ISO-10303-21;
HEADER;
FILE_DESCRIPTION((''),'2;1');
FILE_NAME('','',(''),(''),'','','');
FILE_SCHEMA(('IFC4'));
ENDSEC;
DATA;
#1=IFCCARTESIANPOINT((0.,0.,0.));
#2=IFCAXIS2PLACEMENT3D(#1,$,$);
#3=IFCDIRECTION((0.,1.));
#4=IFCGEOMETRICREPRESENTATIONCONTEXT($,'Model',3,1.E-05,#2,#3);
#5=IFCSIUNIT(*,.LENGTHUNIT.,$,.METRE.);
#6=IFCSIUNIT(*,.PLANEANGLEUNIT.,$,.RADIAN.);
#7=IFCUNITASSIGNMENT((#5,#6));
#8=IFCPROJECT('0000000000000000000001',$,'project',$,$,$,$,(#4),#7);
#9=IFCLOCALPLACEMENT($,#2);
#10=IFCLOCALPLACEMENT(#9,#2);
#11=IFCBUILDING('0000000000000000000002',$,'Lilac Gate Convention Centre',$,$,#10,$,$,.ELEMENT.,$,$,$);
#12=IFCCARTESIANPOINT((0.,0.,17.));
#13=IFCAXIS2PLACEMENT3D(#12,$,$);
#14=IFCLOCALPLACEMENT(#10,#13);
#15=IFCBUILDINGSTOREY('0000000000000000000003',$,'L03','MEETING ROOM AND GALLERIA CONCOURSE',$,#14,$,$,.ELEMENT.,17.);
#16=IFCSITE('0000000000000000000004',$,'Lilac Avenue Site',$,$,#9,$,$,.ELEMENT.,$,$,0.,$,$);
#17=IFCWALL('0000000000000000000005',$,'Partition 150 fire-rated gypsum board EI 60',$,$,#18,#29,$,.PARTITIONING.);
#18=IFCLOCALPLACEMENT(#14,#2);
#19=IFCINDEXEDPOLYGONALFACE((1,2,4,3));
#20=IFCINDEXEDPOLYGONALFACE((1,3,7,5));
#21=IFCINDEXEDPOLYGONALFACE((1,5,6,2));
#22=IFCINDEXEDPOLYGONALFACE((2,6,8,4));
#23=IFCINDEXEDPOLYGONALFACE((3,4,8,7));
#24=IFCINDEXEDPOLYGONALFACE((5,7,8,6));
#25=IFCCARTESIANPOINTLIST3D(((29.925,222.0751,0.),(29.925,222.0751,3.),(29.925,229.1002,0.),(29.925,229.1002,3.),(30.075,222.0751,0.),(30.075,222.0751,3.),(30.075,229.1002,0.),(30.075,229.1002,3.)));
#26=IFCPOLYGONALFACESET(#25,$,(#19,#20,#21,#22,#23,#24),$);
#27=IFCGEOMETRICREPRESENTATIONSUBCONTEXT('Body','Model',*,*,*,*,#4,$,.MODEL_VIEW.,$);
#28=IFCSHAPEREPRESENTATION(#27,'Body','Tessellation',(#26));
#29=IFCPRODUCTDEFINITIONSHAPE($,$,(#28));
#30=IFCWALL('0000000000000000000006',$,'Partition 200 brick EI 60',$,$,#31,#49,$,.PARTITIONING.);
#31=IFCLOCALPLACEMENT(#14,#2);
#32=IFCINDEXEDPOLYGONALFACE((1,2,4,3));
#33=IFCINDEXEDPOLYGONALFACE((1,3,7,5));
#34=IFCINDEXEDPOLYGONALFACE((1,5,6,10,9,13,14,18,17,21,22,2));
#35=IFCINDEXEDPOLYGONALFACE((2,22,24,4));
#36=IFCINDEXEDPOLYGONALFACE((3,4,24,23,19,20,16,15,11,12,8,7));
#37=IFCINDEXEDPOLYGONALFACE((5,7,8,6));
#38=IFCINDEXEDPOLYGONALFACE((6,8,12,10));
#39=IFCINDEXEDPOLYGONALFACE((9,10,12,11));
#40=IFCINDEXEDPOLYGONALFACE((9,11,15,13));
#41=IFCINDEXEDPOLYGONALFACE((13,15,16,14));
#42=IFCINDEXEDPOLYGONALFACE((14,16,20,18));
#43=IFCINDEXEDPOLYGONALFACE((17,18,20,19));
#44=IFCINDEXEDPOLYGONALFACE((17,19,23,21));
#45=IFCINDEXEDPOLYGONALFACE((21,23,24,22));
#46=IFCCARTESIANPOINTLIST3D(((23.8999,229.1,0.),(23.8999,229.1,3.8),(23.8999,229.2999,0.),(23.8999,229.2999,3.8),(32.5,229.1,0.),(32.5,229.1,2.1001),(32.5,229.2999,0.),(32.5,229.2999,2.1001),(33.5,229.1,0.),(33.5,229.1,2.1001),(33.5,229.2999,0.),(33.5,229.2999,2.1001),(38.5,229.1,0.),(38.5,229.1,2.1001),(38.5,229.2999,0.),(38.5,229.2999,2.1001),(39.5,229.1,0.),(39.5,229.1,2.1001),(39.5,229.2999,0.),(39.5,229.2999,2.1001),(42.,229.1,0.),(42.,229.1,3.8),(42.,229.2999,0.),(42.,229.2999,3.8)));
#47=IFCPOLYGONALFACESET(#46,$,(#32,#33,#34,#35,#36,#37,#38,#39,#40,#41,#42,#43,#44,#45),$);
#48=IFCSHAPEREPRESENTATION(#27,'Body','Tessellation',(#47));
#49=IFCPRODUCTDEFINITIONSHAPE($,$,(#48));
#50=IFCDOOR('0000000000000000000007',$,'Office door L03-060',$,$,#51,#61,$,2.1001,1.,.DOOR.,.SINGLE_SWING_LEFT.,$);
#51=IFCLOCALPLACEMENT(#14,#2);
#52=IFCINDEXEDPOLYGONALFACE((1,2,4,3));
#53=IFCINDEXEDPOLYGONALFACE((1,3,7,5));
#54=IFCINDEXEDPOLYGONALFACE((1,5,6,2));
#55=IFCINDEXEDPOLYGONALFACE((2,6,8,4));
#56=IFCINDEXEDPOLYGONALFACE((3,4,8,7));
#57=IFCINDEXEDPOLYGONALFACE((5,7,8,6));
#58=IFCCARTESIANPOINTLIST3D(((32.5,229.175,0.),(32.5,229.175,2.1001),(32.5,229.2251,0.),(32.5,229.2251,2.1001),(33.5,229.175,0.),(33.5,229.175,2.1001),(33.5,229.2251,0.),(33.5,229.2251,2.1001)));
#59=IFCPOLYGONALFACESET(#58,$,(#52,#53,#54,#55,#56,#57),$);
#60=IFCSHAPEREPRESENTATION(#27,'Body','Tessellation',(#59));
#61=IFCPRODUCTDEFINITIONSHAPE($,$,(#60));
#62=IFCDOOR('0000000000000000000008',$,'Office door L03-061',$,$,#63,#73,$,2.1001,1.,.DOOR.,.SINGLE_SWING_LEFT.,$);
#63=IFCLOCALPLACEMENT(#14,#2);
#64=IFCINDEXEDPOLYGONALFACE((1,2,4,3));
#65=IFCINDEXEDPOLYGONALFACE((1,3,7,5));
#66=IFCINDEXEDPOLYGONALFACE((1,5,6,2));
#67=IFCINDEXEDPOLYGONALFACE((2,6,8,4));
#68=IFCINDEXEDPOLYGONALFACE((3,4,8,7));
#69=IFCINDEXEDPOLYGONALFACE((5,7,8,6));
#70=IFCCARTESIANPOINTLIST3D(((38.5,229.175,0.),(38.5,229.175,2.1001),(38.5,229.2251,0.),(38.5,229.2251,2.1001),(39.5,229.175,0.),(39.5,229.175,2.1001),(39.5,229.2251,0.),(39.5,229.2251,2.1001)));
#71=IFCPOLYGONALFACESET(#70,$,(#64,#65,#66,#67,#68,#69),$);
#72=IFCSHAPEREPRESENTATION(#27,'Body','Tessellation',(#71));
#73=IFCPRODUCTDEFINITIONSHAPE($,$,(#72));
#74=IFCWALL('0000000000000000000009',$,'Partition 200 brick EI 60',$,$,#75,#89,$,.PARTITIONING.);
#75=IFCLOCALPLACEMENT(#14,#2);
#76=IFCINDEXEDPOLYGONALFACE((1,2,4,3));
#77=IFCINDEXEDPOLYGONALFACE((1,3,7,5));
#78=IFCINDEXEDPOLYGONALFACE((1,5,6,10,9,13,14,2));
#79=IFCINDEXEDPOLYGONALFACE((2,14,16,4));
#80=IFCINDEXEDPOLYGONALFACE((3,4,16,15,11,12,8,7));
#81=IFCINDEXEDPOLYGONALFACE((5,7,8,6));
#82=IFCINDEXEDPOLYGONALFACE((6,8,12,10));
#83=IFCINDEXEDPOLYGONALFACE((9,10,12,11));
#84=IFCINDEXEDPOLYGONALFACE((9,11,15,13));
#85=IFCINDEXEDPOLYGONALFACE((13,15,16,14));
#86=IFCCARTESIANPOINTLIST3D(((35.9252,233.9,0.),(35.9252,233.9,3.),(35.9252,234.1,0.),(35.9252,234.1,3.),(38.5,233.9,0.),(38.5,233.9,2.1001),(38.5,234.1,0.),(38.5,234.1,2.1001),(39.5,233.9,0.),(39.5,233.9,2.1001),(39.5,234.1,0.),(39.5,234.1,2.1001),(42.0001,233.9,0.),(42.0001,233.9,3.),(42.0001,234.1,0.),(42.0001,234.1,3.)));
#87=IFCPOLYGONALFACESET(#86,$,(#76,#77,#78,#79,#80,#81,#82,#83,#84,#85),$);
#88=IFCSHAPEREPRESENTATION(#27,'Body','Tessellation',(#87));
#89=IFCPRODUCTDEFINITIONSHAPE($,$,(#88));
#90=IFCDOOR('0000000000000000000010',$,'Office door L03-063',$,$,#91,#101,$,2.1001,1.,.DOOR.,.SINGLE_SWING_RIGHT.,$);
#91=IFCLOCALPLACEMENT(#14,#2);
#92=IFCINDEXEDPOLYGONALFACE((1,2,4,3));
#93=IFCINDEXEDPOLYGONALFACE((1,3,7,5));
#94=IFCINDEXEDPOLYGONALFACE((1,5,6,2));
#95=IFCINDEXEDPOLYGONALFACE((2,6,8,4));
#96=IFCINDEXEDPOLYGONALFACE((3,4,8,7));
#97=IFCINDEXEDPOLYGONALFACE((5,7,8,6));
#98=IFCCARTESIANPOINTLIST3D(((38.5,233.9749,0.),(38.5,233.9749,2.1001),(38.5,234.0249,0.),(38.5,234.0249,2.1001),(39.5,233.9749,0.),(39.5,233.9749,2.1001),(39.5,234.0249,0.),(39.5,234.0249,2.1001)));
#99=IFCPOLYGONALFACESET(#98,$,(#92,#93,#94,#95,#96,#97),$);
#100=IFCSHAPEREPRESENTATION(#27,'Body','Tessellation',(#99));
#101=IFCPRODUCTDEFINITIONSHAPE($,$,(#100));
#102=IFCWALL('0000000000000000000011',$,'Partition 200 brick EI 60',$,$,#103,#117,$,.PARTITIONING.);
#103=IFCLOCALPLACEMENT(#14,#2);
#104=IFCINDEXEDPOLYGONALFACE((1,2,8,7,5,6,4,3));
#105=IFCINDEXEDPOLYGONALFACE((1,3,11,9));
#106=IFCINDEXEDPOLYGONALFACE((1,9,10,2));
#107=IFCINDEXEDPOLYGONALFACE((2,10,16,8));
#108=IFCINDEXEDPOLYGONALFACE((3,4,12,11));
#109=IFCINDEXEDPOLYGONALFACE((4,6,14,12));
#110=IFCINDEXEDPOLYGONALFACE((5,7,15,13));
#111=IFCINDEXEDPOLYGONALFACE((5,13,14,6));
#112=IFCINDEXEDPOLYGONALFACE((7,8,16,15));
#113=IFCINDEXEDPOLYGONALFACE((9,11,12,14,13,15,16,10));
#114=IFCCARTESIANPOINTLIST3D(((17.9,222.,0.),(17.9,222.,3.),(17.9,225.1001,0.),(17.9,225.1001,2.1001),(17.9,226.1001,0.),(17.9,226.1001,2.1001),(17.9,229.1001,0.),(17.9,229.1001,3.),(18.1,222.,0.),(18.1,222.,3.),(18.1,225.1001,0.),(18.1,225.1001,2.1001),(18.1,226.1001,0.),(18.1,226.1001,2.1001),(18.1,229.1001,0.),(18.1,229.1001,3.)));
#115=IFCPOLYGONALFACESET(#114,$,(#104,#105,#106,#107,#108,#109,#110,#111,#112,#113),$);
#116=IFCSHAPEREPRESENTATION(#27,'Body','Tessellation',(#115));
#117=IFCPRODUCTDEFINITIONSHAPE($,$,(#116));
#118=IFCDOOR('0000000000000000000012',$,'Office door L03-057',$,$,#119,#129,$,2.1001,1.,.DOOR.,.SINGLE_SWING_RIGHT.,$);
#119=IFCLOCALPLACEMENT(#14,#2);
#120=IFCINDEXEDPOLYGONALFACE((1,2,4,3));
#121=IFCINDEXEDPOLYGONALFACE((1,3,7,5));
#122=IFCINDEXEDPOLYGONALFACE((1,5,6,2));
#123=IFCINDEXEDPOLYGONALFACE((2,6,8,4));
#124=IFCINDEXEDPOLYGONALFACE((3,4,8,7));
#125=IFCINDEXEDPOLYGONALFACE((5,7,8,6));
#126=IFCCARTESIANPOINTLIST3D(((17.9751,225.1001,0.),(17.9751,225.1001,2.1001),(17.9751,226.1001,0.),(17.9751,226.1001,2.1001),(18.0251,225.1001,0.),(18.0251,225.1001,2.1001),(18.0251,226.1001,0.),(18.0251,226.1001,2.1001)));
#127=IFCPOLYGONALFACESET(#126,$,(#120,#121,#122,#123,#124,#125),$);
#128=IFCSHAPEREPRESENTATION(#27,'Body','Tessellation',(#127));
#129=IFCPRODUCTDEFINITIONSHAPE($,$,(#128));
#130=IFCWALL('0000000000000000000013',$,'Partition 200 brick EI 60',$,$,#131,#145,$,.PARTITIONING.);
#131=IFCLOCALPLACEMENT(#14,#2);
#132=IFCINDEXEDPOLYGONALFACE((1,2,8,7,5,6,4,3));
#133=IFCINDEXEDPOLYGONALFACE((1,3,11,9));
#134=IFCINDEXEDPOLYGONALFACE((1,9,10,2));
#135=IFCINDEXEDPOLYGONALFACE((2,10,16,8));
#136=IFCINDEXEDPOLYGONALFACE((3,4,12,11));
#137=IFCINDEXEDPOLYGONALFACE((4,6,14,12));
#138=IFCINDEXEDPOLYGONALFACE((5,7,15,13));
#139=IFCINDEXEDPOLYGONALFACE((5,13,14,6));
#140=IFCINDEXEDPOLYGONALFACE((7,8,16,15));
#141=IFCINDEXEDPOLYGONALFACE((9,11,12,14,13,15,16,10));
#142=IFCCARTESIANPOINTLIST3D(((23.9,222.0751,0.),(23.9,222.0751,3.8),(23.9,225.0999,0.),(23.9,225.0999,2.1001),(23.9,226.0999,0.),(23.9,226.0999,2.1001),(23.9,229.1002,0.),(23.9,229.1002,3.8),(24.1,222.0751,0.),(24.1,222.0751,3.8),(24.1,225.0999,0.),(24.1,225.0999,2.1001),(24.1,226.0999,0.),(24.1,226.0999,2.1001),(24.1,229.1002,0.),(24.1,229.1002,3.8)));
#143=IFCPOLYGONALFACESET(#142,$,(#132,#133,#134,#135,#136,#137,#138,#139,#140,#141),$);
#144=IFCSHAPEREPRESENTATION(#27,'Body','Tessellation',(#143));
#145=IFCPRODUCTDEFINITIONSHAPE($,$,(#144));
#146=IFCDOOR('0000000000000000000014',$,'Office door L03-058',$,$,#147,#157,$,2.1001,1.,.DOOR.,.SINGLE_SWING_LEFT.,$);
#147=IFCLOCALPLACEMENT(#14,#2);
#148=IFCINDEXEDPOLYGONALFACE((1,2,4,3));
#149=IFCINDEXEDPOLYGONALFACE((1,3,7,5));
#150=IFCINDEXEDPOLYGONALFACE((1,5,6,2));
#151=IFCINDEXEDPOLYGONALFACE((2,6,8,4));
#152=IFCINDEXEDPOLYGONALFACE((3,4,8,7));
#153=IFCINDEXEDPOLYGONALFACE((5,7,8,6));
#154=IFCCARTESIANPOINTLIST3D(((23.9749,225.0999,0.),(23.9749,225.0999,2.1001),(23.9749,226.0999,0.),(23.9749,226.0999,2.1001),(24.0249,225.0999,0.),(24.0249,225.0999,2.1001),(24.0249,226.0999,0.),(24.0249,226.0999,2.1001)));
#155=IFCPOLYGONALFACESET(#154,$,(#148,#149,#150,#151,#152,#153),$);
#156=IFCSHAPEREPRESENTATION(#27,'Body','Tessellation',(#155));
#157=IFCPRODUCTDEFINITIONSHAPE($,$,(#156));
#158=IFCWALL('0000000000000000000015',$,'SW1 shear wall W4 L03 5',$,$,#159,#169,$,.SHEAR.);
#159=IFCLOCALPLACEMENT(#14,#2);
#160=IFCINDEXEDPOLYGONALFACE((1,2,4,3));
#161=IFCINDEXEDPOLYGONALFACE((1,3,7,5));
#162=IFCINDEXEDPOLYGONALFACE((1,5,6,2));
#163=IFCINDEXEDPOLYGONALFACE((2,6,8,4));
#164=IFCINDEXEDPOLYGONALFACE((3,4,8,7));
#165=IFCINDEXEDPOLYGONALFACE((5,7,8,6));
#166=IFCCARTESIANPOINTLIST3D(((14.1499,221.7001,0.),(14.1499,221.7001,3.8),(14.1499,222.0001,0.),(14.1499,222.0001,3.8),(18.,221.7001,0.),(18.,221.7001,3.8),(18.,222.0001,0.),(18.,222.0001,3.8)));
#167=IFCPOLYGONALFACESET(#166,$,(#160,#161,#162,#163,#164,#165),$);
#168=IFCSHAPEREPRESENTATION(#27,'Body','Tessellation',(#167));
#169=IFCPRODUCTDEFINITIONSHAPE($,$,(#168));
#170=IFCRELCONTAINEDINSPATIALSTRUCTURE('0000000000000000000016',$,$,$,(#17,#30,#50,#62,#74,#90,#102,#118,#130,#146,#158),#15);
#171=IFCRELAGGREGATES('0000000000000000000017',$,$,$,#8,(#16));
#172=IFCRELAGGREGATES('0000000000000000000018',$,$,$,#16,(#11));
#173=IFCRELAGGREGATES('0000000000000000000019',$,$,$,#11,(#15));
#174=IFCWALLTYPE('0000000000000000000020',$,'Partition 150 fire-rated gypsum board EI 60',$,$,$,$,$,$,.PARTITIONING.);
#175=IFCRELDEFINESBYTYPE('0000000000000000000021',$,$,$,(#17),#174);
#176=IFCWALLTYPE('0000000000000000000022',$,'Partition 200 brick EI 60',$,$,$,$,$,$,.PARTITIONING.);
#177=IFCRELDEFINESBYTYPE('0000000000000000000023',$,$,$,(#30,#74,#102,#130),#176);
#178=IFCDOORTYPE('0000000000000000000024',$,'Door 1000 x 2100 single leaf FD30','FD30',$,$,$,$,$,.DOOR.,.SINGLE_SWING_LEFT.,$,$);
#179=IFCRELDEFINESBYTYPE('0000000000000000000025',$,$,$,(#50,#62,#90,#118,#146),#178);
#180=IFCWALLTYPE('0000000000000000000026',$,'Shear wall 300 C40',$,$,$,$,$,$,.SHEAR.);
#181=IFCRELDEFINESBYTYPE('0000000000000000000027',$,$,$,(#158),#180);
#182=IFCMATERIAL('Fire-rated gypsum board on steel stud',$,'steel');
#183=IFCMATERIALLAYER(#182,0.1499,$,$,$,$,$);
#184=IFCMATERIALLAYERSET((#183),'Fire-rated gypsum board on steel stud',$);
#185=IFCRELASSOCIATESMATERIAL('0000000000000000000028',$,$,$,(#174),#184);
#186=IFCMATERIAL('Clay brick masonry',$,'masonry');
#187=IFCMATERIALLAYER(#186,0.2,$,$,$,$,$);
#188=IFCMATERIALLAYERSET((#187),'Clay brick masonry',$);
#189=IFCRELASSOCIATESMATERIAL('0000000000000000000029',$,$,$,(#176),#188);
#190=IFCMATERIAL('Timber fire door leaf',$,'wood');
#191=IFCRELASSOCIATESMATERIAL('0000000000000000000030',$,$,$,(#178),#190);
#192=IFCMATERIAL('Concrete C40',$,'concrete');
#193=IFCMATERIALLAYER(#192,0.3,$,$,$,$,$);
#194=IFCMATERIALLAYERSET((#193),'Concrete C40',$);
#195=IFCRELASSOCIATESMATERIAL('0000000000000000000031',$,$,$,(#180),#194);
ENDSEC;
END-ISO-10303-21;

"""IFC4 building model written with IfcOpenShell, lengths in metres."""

from ifc_helpers import new_model, si_unit, direction, frame, frame_2d, origin, place, context, subcontext, project, spatial, rectangle, extrude, material, layer, layer_set, type_object, element, fill, save


model = new_model("IFC4")

# Units and contexts
model_context = context("Model", 3, precision=1e-05, world=origin(), true_north=direction((0.0, 1.0)))
body_context = subcontext(model_context, "Body", "Model", "MODEL_VIEW")
ifc_project = project(units=[si_unit("LENGTHUNIT", "METRE"), si_unit("PLANEANGLEUNIT", "RADIAN")], contexts=[model_context])

# Site, building, storey
site_placement = place(None, origin())
site = spatial("IfcSite", under=ifc_project, at=site_placement, Name="Lilac Avenue Site", CompositionType="ELEMENT", RefElevation=0.0)
building_placement = place(site_placement, origin())
building = spatial("IfcBuilding", under=site, at=building_placement, Name="Lilac Gate Convention Centre", CompositionType="ELEMENT")
storey_placement = place(building_placement, frame((0.0, 0.0, 17.0)))
storey = spatial("IfcBuildingStorey", under=building, at=storey_placement, Name="L03", Description="MEETING ROOM AND GALLERIA CONCOURSE", CompositionType="ELEMENT", Elevation=17.0)

# Shared definitions
ifc_material_1 = material(Name="Concrete C40", Category="concrete")

# Wall
ifc_material_2 = material(Name="Fire-rated gypsum board on steel stud", Category="steel")
ifc_layer_1 = layer(ifc_material_2, 0.1499)
ifc_layer_set_1 = layer_set([ifc_layer_1], Name="Fire-rated gypsum board on steel stud")
wall_type_1 = type_object("IfcWallType", Name="Partition 150 fire-rated gypsum board EI 60", PredefinedType="PARTITIONING", material=ifc_layer_set_1)
wall_1_placement = place(storey_placement, frame((30.0, 222.075, 0.0), z_axis=(0.0, 0.0, 1.0), x_axis=(0.0, 1.0, 0.0)))
element("IfcWall", 1, at=wall_1_placement, inside=storey, type_object=wall_type_1, Name="Partition 150 fire-rated gypsum board EI 60", PredefinedType="PARTITIONING", context=body_context, shape_type="SweptSolid", body=[
    extrude(rectangle(XDim=7.0251, YDim=0.1499, at=frame_2d((3.5127, 0.0))), origin(), (0.0, 0.0, 1.0), 3.0),
])

# Wall, openings, doors
ifc_material_3 = material(Name="Clay brick masonry", Category="masonry")
ifc_layer_2 = layer(ifc_material_3, 0.2)
ifc_layer_set_2 = layer_set([ifc_layer_2], Name="Clay brick masonry")
wall_type_2 = type_object("IfcWallType", Name="Partition 200 brick EI 60", PredefinedType="PARTITIONING", material=ifc_layer_set_2)
wall_2_placement = place(storey_placement, frame((23.8999, 229.2, 0.0), z_axis=(0.0, 0.0, 1.0), x_axis=(1.0, 0.0, 0.0)))
wall_2 = element("IfcWall", 2, at=wall_2_placement, inside=storey, type_object=wall_type_2, Name="Partition 200 brick EI 60", PredefinedType="PARTITIONING", context=body_context, shape_type="SweptSolid", body=[
    extrude(rectangle(XDim=18.1001, YDim=0.2, at=frame_2d((9.05, 0.0))), origin(), (0.0, 0.0, 1.0), 3.8),
])
opening_1_placement = place(wall_2_placement, frame((8.6001, 0.0, 0.0)))
opening_1 = element("IfcOpeningElement", 3, at=opening_1_placement, cuts=wall_2, PredefinedType="OPENING", context=body_context, shape_type="SweptSolid", body=[
    extrude(rectangle(XDim=1.0, YDim=2.1001, at=frame_2d((0.5, 1.05))), frame((0.0, 0.1099, 0.0), z_axis=(0.0, -1.0, 0.0), x_axis=(1.0, 0.0, 0.0)), (0.0, 0.0, 1.0), 0.22),
])
opening_2_placement = place(wall_2_placement, frame((14.6001, 0.0, 0.0)))
opening_2 = element("IfcOpeningElement", 4, at=opening_2_placement, cuts=wall_2, PredefinedType="OPENING", context=body_context, shape_type="SweptSolid", body=[
    extrude(rectangle(XDim=1.0, YDim=2.1001, at=frame_2d((0.5, 1.05))), frame((0.0, 0.1099, 0.0), z_axis=(0.0, -1.0, 0.0), x_axis=(1.0, 0.0, 0.0)), (0.0, 0.0, 1.0), 0.22),
])
ifc_material_4 = material(Name="Timber fire door leaf", Category="wood")
door_type = type_object("IfcDoorType", Name="Door 1000 x 2100 single leaf FD30", Description="FD30", OperationType="SINGLE_SWING_LEFT", PredefinedType="DOOR", material=ifc_material_4)
door_1_placement = place(opening_1_placement, frame((1.0, 0.0, 0.0), z_axis=(0.0, 0.0, 1.0), x_axis=(-1.0, 0.0, 0.0)))
door_1 = element("IfcDoor", 5, at=door_1_placement, inside=storey, type_object=door_type, Name="Office door L03-060", OperationType="SINGLE_SWING_LEFT", OverallHeight=2.1001, OverallWidth=1.0, PredefinedType="DOOR", context=body_context, shape_type="SweptSolid", body=[
    extrude(rectangle(XDim=1.0, YDim=2.1001, at=frame_2d((0.5, 1.05))), frame((0.0, 0.0249, 0.0), z_axis=(0.0, -1.0, 0.0), x_axis=(1.0, 0.0, 0.0)), (0.0, 0.0, 1.0), 0.05),
])
fill(opening_1, door_1)
door_2_placement = place(opening_2_placement, frame((1.0, 0.0, 0.0), z_axis=(0.0, 0.0, 1.0), x_axis=(-1.0, 0.0, 0.0)))
door_2 = element("IfcDoor", 6, at=door_2_placement, inside=storey, type_object=door_type, Name="Office door L03-061", OperationType="SINGLE_SWING_LEFT", OverallHeight=2.1001, OverallWidth=1.0, PredefinedType="DOOR", context=body_context, shape_type="SweptSolid", body=[
    extrude(rectangle(XDim=1.0, YDim=2.1001, at=frame_2d((0.5, 1.05))), frame((0.0, 0.0249, 0.0), z_axis=(0.0, -1.0, 0.0), x_axis=(1.0, 0.0, 0.0)), (0.0, 0.0, 1.0), 0.05),
])
fill(opening_2, door_2)

# Walls, openings, doors
wall_3_placement = place(storey_placement, frame((35.925, 234.0, 0.0), z_axis=(0.0, 0.0, 1.0), x_axis=(1.0, 0.0, 0.0)))
wall_3 = element("IfcWall", 7, at=wall_3_placement, inside=storey, type_object=wall_type_2, Name="Partition 200 brick EI 60", PredefinedType="PARTITIONING", context=body_context, shape_type="SweptSolid", body=[
    extrude(rectangle(XDim=6.075, YDim=0.2, at=frame_2d((3.0376, 0.0))), origin(), (0.0, 0.0, 1.0), 3.0),
])
opening_3_placement = place(wall_3_placement, frame((2.575, 0.0, 0.0)))
opening_3 = element("IfcOpeningElement", 8, at=opening_3_placement, cuts=wall_3, PredefinedType="OPENING", context=body_context, shape_type="SweptSolid", body=[
    extrude(rectangle(XDim=1.0, YDim=2.1001, at=frame_2d((0.5, 1.05))), frame((0.0, 0.1099, 0.0), z_axis=(0.0, -1.0, 0.0), x_axis=(1.0, 0.0, 0.0)), (0.0, 0.0, 1.0), 0.22),
])
door_3_placement = place(opening_3_placement, origin())
door_3 = element("IfcDoor", 9, at=door_3_placement, inside=storey, type_object=door_type, Name="Office door L03-063", OperationType="SINGLE_SWING_RIGHT", OverallHeight=2.1001, OverallWidth=1.0, PredefinedType="DOOR", context=body_context, shape_type="SweptSolid", body=[
    extrude(rectangle(XDim=1.0, YDim=2.1001, at=frame_2d((0.5, 1.05))), frame((0.0, 0.0249, 0.0), z_axis=(0.0, -1.0, 0.0), x_axis=(1.0, 0.0, 0.0)), (0.0, 0.0, 1.0), 0.05),
])
fill(opening_3, door_3)
wall_4_placement = place(storey_placement, frame((18.0, 222.0, 0.0), z_axis=(0.0, 0.0, 1.0), x_axis=(0.0, 1.0, 0.0)))
wall_4 = element("IfcWall", 10, at=wall_4_placement, inside=storey, type_object=wall_type_2, Name="Partition 200 brick EI 60", PredefinedType="PARTITIONING", context=body_context, shape_type="SweptSolid", body=[
    extrude(rectangle(XDim=7.1001, YDim=0.2, at=frame_2d((3.55, 0.0))), origin(), (0.0, 0.0, 1.0), 3.0),
])
opening_4_placement = place(wall_4_placement, frame((3.1001, 0.0, 0.0)))
opening_4 = element("IfcOpeningElement", 11, at=opening_4_placement, cuts=wall_4, PredefinedType="OPENING", context=body_context, shape_type="SweptSolid", body=[
    extrude(rectangle(XDim=1.0, YDim=2.1001, at=frame_2d((0.5, 1.05))), frame((0.0, 0.1099, 0.0), z_axis=(0.0, -1.0, 0.0), x_axis=(1.0, 0.0, 0.0)), (0.0, 0.0, 1.0), 0.22),
])
door_4_placement = place(opening_4_placement, origin())
door_4 = element("IfcDoor", 12, at=door_4_placement, inside=storey, type_object=door_type, Name="Office door L03-057", OperationType="SINGLE_SWING_RIGHT", OverallHeight=2.1001, OverallWidth=1.0, PredefinedType="DOOR", context=body_context, shape_type="SweptSolid", body=[
    extrude(rectangle(XDim=1.0, YDim=2.1001, at=frame_2d((0.5, 1.05))), frame((0.0, 0.0249, 0.0), z_axis=(0.0, -1.0, 0.0), x_axis=(1.0, 0.0, 0.0)), (0.0, 0.0, 1.0), 0.05),
])
fill(opening_4, door_4)
wall_5_placement = place(storey_placement, frame((24.0, 222.075, 0.0), z_axis=(0.0, 0.0, 1.0), x_axis=(0.0, 1.0, 0.0)))
wall_5 = element("IfcWall", 13, at=wall_5_placement, inside=storey, type_object=wall_type_2, Name="Partition 200 brick EI 60", PredefinedType="PARTITIONING", context=body_context, shape_type="SweptSolid", body=[
    extrude(rectangle(XDim=7.0251, YDim=0.2, at=frame_2d((3.5127, 0.0))), origin(), (0.0, 0.0, 1.0), 3.8),
])
opening_5_placement = place(wall_5_placement, frame((3.0249, 0.0, 0.0)))
opening_5 = element("IfcOpeningElement", 14, at=opening_5_placement, cuts=wall_5, PredefinedType="OPENING", context=body_context, shape_type="SweptSolid", body=[
    extrude(rectangle(XDim=1.0, YDim=2.1001, at=frame_2d((0.5, 1.05))), frame((0.0, 0.1099, 0.0), z_axis=(0.0, -1.0, 0.0), x_axis=(1.0, 0.0, 0.0)), (0.0, 0.0, 1.0), 0.22),
])
door_5_placement = place(opening_5_placement, frame((1.0, 0.0, 0.0), z_axis=(0.0, 0.0, 1.0), x_axis=(-1.0, 0.0, 0.0)))
door_5 = element("IfcDoor", 15, at=door_5_placement, inside=storey, type_object=door_type, Name="Office door L03-058", OperationType="SINGLE_SWING_LEFT", OverallHeight=2.1001, OverallWidth=1.0, PredefinedType="DOOR", context=body_context, shape_type="SweptSolid", body=[
    extrude(rectangle(XDim=1.0, YDim=2.1001, at=frame_2d((0.5, 1.05))), frame((0.0, 0.0249, 0.0), z_axis=(0.0, -1.0, 0.0), x_axis=(1.0, 0.0, 0.0)), (0.0, 0.0, 1.0), 0.05),
])
fill(opening_5, door_5)

# Wall
ifc_layer_3 = layer(ifc_material_1, 0.3)
ifc_layer_set_3 = layer_set([ifc_layer_3], Name="Concrete C40")
wall_type_3 = type_object("IfcWallType", Name="Shear wall 300 C40", PredefinedType="SHEAR", material=ifc_layer_set_3)
wall_6_placement = place(storey_placement, frame((14.1499, 221.8501, 0.0), z_axis=(0.0, 0.0, 1.0), x_axis=(1.0, 0.0, 0.0)))
element("IfcWall", 16, at=wall_6_placement, inside=storey, type_object=wall_type_3, Name="SW1 shear wall W4 L03 5", PredefinedType="SHEAR", context=body_context, shape_type="SweptSolid", body=[
    extrude(rectangle(XDim=3.8501, YDim=0.3, at=frame_2d((1.925, 0.0))), origin(), (0.0, 0.0, 1.0), 3.8),
])

save(model, "model.ifc")
